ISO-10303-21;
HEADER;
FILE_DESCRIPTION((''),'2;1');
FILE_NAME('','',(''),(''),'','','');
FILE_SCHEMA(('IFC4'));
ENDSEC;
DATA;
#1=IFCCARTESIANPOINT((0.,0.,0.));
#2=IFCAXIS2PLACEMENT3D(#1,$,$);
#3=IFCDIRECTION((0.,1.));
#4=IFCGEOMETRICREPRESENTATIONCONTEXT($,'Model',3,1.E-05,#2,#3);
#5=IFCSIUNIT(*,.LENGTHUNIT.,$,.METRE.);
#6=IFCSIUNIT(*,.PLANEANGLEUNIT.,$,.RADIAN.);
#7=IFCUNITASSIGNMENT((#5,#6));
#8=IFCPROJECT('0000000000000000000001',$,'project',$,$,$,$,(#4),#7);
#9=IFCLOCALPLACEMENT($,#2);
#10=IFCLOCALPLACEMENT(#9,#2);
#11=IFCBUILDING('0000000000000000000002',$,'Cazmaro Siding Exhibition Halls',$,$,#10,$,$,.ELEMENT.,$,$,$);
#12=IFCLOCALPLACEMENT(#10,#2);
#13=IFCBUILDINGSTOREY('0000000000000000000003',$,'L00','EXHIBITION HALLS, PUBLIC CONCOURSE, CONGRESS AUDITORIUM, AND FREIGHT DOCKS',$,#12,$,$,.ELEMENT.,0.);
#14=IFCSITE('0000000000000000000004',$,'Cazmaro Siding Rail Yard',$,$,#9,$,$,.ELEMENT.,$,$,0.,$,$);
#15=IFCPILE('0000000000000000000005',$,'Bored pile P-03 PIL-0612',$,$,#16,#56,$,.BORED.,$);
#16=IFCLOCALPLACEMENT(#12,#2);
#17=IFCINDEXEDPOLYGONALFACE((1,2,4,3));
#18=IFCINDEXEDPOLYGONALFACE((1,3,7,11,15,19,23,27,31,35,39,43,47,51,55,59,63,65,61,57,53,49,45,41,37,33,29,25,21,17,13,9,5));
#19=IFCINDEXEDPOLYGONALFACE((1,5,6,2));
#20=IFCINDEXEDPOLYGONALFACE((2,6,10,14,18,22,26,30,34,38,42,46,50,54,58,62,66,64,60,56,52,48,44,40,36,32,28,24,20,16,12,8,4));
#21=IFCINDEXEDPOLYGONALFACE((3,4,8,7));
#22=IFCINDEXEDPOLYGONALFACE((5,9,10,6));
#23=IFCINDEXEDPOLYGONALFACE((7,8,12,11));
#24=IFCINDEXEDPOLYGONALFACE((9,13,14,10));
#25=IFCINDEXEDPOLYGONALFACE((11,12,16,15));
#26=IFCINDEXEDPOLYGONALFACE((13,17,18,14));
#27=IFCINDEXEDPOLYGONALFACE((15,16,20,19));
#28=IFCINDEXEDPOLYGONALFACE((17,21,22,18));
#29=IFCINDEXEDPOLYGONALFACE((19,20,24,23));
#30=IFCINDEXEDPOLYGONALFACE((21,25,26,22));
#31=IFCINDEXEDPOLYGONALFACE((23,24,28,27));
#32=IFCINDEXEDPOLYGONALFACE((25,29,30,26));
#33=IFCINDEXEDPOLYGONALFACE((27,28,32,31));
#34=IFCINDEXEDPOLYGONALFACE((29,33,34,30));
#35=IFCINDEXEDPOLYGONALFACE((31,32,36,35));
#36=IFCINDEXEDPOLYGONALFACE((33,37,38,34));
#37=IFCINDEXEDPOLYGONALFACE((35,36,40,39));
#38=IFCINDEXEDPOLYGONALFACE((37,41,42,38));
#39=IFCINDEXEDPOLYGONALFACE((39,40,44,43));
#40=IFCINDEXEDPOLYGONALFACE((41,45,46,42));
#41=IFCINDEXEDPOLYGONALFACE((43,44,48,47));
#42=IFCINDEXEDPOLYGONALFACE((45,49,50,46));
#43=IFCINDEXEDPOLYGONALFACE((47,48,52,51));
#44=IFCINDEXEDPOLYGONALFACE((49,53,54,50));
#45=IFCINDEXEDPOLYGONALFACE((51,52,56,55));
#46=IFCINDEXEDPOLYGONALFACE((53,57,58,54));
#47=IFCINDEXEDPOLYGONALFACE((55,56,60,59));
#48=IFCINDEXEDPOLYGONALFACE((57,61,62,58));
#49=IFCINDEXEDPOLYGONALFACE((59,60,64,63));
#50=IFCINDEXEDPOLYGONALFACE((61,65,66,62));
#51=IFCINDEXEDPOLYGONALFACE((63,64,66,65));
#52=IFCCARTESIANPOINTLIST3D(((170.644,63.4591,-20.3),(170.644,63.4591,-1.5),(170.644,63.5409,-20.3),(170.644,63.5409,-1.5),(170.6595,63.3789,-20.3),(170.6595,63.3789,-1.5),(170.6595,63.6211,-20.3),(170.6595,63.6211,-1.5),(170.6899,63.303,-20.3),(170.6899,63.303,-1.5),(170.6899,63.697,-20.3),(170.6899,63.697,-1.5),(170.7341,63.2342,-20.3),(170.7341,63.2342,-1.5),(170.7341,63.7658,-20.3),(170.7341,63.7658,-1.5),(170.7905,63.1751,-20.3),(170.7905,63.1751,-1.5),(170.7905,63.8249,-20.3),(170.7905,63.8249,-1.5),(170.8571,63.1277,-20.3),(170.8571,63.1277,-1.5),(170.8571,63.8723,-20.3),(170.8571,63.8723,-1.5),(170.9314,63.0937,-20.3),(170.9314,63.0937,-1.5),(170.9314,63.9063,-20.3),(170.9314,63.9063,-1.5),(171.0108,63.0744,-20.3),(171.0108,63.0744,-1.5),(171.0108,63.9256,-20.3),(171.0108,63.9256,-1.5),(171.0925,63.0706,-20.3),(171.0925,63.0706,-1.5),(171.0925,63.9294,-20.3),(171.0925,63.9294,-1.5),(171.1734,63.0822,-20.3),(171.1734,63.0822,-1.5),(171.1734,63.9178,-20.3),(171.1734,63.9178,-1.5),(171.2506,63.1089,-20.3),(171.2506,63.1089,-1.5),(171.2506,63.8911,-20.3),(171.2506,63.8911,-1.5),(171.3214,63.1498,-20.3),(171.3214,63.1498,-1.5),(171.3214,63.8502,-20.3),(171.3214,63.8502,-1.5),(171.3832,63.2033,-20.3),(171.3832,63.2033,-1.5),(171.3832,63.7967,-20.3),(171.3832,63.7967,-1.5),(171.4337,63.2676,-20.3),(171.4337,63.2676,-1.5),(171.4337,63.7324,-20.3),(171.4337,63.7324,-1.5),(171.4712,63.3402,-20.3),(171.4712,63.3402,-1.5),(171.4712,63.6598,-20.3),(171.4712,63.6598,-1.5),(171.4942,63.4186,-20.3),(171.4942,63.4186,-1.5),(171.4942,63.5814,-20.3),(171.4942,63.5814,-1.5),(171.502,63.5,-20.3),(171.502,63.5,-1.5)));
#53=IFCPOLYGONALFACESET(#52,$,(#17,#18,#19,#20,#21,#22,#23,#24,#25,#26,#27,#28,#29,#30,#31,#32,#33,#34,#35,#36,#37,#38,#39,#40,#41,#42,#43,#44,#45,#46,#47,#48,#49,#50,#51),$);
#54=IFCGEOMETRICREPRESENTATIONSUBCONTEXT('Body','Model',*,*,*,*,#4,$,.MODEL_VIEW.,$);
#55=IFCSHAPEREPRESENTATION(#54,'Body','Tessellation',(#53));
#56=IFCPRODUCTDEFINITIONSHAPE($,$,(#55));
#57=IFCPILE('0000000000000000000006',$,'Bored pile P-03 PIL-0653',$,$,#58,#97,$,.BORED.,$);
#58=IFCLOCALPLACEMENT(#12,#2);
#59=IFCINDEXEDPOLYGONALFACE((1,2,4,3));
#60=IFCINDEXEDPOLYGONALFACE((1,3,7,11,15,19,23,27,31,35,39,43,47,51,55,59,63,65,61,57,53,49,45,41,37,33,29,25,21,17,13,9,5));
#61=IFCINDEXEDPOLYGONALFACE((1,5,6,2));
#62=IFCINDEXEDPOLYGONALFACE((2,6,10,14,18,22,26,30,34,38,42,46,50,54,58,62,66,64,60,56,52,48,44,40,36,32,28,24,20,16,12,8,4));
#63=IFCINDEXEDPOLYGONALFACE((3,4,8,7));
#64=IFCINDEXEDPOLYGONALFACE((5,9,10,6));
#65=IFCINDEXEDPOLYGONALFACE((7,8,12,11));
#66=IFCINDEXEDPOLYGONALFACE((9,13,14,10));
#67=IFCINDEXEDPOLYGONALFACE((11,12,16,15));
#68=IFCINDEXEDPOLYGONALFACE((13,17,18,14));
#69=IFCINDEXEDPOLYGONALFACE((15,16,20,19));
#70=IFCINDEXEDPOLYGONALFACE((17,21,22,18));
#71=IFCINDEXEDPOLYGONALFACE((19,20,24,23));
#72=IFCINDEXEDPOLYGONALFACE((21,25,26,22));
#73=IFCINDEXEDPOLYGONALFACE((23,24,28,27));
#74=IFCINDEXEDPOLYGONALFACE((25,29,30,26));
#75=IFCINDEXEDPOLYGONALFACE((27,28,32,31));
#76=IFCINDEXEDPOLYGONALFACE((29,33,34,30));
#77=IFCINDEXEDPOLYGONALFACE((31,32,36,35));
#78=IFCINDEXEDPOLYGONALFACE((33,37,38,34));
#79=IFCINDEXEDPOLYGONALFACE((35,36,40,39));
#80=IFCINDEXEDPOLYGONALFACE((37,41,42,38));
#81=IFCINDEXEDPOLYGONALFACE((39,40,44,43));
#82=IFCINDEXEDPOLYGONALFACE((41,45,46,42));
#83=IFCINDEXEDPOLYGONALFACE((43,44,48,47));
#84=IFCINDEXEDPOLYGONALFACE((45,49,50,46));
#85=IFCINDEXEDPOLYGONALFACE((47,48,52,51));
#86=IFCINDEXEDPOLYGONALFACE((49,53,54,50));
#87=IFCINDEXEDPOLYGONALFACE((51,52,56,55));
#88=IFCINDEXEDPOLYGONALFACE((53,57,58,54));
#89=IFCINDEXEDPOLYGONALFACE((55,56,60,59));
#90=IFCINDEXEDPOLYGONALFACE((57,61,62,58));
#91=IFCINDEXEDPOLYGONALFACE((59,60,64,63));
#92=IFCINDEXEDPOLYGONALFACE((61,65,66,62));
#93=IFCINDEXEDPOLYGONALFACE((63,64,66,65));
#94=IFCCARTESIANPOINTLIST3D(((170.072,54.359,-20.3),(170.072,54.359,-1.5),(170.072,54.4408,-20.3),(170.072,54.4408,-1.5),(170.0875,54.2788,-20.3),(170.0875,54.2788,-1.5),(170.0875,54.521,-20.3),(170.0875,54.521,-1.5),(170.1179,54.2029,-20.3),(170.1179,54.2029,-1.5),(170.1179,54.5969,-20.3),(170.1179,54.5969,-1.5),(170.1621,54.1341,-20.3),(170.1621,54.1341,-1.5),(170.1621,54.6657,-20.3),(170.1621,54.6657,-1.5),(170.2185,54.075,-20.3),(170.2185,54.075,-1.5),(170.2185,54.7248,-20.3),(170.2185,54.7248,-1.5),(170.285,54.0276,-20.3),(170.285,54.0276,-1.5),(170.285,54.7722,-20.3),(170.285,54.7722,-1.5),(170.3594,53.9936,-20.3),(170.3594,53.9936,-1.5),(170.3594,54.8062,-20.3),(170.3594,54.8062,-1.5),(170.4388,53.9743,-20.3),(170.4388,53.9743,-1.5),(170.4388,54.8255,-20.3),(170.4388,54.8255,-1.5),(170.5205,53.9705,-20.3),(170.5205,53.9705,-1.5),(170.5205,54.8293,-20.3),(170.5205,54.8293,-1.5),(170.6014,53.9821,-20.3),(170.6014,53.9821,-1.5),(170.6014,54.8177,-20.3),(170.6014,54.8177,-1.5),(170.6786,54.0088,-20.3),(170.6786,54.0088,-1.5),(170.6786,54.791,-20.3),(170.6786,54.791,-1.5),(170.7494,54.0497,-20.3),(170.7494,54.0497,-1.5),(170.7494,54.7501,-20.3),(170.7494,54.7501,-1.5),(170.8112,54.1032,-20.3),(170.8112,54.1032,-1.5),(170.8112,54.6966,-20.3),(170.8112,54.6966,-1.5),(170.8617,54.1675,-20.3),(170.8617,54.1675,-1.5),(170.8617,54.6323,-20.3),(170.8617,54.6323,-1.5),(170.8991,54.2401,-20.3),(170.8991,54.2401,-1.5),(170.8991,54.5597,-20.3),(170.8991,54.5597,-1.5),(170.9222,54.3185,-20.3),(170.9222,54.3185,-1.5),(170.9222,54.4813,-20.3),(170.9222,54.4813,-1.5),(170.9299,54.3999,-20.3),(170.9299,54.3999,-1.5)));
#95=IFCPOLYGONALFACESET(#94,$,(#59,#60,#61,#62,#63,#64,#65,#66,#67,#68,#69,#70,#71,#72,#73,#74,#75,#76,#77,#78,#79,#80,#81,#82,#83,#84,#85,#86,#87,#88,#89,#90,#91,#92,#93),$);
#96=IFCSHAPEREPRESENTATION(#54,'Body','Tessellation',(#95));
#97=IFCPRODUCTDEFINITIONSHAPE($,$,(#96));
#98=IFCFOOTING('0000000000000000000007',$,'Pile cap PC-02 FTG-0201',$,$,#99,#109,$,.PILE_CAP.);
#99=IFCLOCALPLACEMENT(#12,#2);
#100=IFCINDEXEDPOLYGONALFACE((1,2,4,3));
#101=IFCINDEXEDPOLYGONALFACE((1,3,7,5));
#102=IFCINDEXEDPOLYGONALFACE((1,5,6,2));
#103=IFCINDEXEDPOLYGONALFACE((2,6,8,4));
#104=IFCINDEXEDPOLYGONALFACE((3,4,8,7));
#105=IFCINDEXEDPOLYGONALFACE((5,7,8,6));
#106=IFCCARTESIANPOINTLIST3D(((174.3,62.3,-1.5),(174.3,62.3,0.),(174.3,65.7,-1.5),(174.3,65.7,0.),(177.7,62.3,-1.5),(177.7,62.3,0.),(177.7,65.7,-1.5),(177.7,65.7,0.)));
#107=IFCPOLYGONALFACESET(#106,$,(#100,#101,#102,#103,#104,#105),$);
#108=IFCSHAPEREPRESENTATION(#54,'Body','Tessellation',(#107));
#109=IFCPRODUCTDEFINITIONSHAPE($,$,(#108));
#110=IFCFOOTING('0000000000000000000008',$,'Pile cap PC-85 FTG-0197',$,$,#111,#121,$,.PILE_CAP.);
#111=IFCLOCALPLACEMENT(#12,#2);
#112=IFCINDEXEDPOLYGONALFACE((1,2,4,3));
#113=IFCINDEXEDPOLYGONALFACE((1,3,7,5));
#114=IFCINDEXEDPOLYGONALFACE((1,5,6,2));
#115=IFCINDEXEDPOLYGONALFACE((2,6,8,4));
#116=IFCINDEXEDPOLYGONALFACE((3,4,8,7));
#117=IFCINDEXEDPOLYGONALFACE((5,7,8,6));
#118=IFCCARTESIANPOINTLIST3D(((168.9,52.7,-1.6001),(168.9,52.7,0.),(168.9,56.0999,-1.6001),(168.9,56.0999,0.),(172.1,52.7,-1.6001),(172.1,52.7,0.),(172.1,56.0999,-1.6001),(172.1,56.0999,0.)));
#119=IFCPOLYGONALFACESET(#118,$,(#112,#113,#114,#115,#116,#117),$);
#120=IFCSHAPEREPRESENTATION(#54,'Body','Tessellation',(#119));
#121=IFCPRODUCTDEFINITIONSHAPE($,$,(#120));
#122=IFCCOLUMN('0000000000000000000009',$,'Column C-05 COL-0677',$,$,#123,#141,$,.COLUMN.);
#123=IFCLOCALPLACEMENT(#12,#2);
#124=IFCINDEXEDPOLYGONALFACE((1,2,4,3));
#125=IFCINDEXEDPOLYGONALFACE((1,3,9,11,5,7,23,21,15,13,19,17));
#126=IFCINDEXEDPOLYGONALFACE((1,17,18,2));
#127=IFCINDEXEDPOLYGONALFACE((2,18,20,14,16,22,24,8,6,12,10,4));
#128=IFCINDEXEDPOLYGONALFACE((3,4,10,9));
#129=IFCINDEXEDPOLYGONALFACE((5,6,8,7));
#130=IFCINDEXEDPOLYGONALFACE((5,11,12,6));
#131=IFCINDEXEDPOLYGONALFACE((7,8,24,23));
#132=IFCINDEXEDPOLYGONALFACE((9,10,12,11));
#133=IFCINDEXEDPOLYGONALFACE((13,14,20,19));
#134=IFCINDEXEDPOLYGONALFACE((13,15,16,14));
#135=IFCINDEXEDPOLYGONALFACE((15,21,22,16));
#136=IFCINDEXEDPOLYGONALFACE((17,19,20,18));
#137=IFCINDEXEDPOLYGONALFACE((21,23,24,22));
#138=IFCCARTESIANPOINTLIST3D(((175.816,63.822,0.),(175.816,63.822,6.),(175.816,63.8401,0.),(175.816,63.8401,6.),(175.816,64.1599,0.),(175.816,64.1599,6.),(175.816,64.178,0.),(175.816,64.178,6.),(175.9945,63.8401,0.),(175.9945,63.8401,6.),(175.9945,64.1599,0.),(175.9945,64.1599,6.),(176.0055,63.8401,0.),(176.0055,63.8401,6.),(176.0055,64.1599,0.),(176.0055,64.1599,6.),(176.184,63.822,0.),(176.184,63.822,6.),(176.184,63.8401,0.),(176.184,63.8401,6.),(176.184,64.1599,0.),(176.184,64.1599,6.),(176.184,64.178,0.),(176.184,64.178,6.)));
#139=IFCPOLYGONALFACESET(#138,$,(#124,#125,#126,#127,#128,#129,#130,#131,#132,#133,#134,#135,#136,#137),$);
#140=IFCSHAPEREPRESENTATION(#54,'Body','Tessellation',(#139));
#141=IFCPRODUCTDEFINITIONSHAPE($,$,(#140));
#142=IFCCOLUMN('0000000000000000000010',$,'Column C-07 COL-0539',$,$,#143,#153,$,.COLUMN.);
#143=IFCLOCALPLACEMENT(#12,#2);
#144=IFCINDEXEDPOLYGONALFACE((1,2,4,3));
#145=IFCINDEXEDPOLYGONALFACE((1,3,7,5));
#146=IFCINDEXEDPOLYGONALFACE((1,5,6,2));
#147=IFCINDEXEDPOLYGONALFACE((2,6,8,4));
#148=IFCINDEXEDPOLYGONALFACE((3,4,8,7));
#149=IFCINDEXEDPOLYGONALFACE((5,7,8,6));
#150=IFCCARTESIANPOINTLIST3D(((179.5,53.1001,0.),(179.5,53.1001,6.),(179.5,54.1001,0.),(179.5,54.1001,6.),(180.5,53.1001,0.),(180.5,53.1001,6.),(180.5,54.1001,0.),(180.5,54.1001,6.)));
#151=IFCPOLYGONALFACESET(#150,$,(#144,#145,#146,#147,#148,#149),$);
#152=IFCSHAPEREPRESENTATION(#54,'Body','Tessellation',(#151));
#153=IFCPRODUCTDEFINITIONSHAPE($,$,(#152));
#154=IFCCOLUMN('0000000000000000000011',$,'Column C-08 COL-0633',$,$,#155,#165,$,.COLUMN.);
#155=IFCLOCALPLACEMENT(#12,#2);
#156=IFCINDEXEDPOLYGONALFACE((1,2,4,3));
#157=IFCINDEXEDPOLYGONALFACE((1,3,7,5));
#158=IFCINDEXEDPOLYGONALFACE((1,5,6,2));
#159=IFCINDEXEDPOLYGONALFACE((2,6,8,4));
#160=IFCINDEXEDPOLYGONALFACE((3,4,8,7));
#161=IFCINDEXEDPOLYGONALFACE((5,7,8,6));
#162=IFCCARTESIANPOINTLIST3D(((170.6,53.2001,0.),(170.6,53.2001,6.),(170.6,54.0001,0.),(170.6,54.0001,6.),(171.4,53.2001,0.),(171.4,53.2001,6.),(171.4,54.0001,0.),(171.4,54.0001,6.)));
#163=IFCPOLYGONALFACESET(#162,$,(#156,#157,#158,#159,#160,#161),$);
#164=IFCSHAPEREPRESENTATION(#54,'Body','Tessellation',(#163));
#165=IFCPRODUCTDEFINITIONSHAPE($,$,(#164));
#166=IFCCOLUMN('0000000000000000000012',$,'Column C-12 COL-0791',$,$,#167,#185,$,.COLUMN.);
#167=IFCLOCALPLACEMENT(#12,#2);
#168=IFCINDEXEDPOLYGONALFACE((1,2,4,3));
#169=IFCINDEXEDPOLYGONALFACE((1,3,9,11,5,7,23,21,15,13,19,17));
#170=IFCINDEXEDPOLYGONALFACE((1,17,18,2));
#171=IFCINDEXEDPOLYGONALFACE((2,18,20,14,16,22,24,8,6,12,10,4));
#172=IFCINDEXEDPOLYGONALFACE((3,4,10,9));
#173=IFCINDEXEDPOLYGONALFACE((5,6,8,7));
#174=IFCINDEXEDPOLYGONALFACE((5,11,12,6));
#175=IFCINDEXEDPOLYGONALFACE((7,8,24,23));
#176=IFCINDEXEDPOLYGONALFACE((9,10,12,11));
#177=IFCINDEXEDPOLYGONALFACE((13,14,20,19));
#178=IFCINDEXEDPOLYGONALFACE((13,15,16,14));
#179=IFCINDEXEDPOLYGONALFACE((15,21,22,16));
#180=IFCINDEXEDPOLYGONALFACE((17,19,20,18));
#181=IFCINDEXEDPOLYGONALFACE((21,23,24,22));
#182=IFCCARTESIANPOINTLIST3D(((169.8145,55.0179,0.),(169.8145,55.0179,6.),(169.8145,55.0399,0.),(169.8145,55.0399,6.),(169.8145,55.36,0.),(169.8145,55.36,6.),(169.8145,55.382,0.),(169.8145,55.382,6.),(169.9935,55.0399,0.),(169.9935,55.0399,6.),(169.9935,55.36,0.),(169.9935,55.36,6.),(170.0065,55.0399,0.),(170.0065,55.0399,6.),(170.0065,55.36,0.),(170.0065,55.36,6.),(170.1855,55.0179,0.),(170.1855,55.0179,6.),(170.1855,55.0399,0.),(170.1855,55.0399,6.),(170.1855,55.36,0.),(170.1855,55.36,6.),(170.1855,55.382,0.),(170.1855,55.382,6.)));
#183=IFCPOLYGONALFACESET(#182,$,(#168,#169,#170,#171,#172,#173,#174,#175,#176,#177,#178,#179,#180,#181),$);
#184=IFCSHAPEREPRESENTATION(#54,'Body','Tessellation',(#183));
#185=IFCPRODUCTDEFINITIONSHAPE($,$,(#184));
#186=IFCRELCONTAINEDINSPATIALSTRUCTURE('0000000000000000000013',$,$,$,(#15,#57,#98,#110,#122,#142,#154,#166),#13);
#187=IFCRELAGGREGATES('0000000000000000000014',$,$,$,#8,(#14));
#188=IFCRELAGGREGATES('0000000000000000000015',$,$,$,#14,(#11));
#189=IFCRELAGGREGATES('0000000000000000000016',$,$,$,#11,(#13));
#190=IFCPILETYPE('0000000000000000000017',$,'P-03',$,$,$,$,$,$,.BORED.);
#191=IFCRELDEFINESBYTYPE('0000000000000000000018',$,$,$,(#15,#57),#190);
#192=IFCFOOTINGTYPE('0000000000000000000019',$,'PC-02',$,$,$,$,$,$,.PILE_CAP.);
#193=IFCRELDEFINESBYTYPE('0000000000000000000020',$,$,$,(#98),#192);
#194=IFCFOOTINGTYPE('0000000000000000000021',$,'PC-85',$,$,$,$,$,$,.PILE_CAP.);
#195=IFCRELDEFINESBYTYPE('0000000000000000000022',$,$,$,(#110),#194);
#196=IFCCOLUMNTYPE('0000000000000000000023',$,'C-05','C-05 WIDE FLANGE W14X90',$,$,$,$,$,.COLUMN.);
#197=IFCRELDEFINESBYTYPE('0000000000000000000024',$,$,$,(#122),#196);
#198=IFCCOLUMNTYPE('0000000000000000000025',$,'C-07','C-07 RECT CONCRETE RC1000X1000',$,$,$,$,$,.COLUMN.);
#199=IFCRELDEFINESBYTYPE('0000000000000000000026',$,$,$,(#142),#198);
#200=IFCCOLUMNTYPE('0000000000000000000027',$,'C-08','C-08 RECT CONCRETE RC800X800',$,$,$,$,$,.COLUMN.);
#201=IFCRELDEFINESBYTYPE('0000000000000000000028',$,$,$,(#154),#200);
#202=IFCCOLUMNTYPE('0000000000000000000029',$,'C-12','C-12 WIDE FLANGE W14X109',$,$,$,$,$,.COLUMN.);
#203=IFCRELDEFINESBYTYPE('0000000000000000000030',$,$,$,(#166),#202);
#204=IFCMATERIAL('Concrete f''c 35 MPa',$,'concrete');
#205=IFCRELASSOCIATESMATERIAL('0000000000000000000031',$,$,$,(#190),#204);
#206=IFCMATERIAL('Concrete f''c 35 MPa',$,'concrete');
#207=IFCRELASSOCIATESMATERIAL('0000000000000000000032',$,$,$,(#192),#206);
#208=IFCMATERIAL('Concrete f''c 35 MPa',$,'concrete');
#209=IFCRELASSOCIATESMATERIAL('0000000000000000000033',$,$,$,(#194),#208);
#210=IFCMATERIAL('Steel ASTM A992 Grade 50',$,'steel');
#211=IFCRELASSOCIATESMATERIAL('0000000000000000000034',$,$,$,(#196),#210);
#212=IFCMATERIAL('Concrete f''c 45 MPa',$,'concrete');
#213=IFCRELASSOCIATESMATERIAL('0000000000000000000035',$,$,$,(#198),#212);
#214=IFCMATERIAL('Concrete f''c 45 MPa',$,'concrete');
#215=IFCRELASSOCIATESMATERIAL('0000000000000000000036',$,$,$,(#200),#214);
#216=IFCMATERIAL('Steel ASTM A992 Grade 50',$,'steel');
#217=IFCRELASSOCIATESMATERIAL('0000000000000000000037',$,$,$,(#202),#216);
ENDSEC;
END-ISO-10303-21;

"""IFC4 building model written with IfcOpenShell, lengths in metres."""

from ifc_helpers import new_model, si_unit, direction, frame, origin, origin_2d, place, context, subcontext, project, spatial, rectangle, circle, i_section, extrude, material, material_profile, profile_set, type_object, element, save


model = new_model("IFC4")

# Units and contexts
model_context = context("Model", 3, precision=1e-05, world=origin(), true_north=direction((0.0, 1.0)))
body_context = subcontext(model_context, "Body", "Model", "MODEL_VIEW")
ifc_project = project(units=[si_unit("LENGTHUNIT", "METRE"), si_unit("PLANEANGLEUNIT", "RADIAN")], contexts=[model_context])

# Site, building, storey
site_placement = place(None, origin())
site = spatial("IfcSite", under=ifc_project, at=site_placement, Name="Cazmaro Siding Rail Yard", CompositionType="ELEMENT", RefElevation=0.0)
building_placement = place(site_placement, origin())
building = spatial("IfcBuilding", under=site, at=building_placement, Name="Cazmaro Siding Exhibition Halls", CompositionType="ELEMENT")
storey_placement = place(building_placement, origin())
storey = spatial("IfcBuildingStorey", under=building, at=storey_placement, Name="L00", Description="EXHIBITION HALLS, PUBLIC CONCOURSE, CONGRESS AUDITORIUM, AND FREIGHT DOCKS", CompositionType="ELEMENT", Elevation=0.0)

# Piles
ifc_material_1 = material(Name="Concrete f'c 35 MPa", Category="concrete")
ifc_material_profile_1 = material_profile(ifc_material_1, circle(Radius=0.4299, at=origin_2d()), Name="CIDH-860")
ifc_profile_set_1 = profile_set([ifc_material_profile_1], Name="Concrete f'c 35 MPa")
pile_type_1 = type_object("IfcPileType", Name="P-03", PredefinedType="BORED", material=ifc_profile_set_1)
for number, where, z_axis, x_axis, name in (
    (1, (171.072, 63.5, -1.5), (0.0, 0.0, -1.0), (1.0, 0.0, 0.0), "Bored pile P-03 PIL-0612"),
    (2, (170.5, 54.3999, -1.5), (0.0, 0.0, -1.0), (1.0, 0.0, 0.0), "Bored pile P-03 PIL-0653"),
):
    element("IfcPile", number, at=place(storey_placement, frame(where, z_axis=z_axis, x_axis=x_axis)), inside=storey, type_object=pile_type_1, Name=name, PredefinedType="BORED", context=body_context, shape_type="SweptSolid", body=[
        extrude(circle(Radius=0.4299, at=origin_2d()), origin(), (0.0, 0.0, 1.0), 18.8),
    ])

# Footings
ifc_material_2 = material(Name="Concrete f'c 35 MPa", Category="concrete")
footing_type_1 = type_object("IfcFootingType", Name="PC-02", PredefinedType="PILE_CAP", material=ifc_material_2)
footing_1_placement = place(storey_placement, frame((176.0, 64.0, -1.5), z_axis=(0.0, 0.0, 1.0), x_axis=(1.0, 0.0, 0.0)))
element("IfcFooting", 3, at=footing_1_placement, inside=storey, type_object=footing_type_1, Name="Pile cap PC-02 FTG-0201", PredefinedType="PILE_CAP", context=body_context, shape_type="SweptSolid", body=[
    extrude(rectangle(XDim=3.3999, YDim=3.3999, at=origin_2d()), origin(), (0.0, 0.0, 1.0), 1.5),
])
ifc_material_3 = material(Name="Concrete f'c 35 MPa", Category="concrete")
footing_type_2 = type_object("IfcFootingType", Name="PC-85", PredefinedType="PILE_CAP", material=ifc_material_3)
footing_2_placement = place(storey_placement, frame((170.5, 54.3999, -1.6001), z_axis=(0.0, 0.0, 1.0), x_axis=(1.0, 0.0, 0.0)))
element("IfcFooting", 4, at=footing_2_placement, inside=storey, type_object=footing_type_2, Name="Pile cap PC-85 FTG-0197", PredefinedType="PILE_CAP", context=body_context, shape_type="SweptSolid", body=[
    extrude(rectangle(XDim=3.2, YDim=3.3999, at=origin_2d()), origin(), (0.0, 0.0, 1.0), 1.6001),
])

# Columns
ifc_material_4 = material(Name="Steel ASTM A992 Grade 50", Category="steel")
ifc_material_profile_2 = material_profile(ifc_material_4, i_section(OverallWidth=0.3679, OverallDepth=0.356, WebThickness=0.011, FlangeThickness=0.0181, at=origin_2d()), Name="W14X90")
ifc_profile_set_2 = profile_set([ifc_material_profile_2], Name="Steel ASTM A992 Grade 50")
column_type_1 = type_object("IfcColumnType", Name="C-05", Description="C-05 WIDE FLANGE W14X90", PredefinedType="COLUMN", material=ifc_profile_set_2)
column_1_placement = place(storey_placement, frame((176.0, 64.0, 0.0), z_axis=(0.0, 0.0, 1.0), x_axis=(1.0, 0.0, 0.0)))
element("IfcColumn", 5, at=column_1_placement, inside=storey, type_object=column_type_1, Name="Column C-05 COL-0677", PredefinedType="COLUMN", context=body_context, shape_type="SweptSolid", body=[
    extrude(i_section(OverallWidth=0.3679, OverallDepth=0.356, WebThickness=0.011, FlangeThickness=0.0181, at=origin_2d()), origin(), (0.0, 0.0, 1.0), 6.0),
])
ifc_material_5 = material(Name="Concrete f'c 45 MPa", Category="concrete")
ifc_material_profile_3 = material_profile(ifc_material_5, rectangle(XDim=1.0, YDim=1.0, at=origin_2d()), Name="RC1000X1000")
ifc_profile_set_3 = profile_set([ifc_material_profile_3], Name="Concrete f'c 45 MPa")
column_type_2 = type_object("IfcColumnType", Name="C-07", Description="C-07 RECT CONCRETE RC1000X1000", PredefinedType="COLUMN", material=ifc_profile_set_3)
column_2_placement = place(storey_placement, frame((180.0, 53.6001, 0.0), z_axis=(0.0, 0.0, 1.0), x_axis=(1.0, 0.0, 0.0)))
element("IfcColumn", 6, at=column_2_placement, inside=storey, type_object=column_type_2, Name="Column C-07 COL-0539", PredefinedType="COLUMN", context=body_context, shape_type="SweptSolid", body=[
    extrude(rectangle(XDim=1.0, YDim=1.0, at=origin_2d()), origin(), (0.0, 0.0, 1.0), 6.0),
])
ifc_material_6 = material(Name="Concrete f'c 45 MPa", Category="concrete")
ifc_material_profile_4 = material_profile(ifc_material_6, rectangle(XDim=0.8, YDim=0.8, at=origin_2d()), Name="RC800X800")
ifc_profile_set_4 = profile_set([ifc_material_profile_4], Name="Concrete f'c 45 MPa")
column_type_3 = type_object("IfcColumnType", Name="C-08", Description="C-08 RECT CONCRETE RC800X800", PredefinedType="COLUMN", material=ifc_profile_set_4)
column_3_placement = place(storey_placement, frame((171.0, 53.6001, 0.0), z_axis=(0.0, 0.0, 1.0), x_axis=(1.0, 0.0, 0.0)))
element("IfcColumn", 7, at=column_3_placement, inside=storey, type_object=column_type_3, Name="Column C-08 COL-0633", PredefinedType="COLUMN", context=body_context, shape_type="SweptSolid", body=[
    extrude(rectangle(XDim=0.8, YDim=0.8, at=origin_2d()), origin(), (0.0, 0.0, 1.0), 6.0),
])
ifc_material_7 = material(Name="Steel ASTM A992 Grade 50", Category="steel")
ifc_material_profile_5 = material_profile(ifc_material_7, i_section(OverallWidth=0.3711, OverallDepth=0.364, WebThickness=0.0129, FlangeThickness=0.022, at=origin_2d()), Name="W14X109")
ifc_profile_set_5 = profile_set([ifc_material_profile_5], Name="Steel ASTM A992 Grade 50")
column_type_4 = type_object("IfcColumnType", Name="C-12", Description="C-12 WIDE FLANGE W14X109", PredefinedType="COLUMN", material=ifc_profile_set_5)
for number, where, z_axis, x_axis, name in (
    (8, (170.0, 55.2, 0.0), (0.0, 0.0, 1.0), (1.0, 0.0, 0.0), "Column C-12 COL-0791"),
):
    element("IfcColumn", number, at=place(storey_placement, frame(where, z_axis=z_axis, x_axis=x_axis)), inside=storey, type_object=column_type_4, Name=name, PredefinedType="COLUMN", context=body_context, shape_type="SweptSolid", body=[
        extrude(i_section(OverallWidth=0.3711, OverallDepth=0.364, WebThickness=0.0129, FlangeThickness=0.022, at=origin_2d()), origin(), (0.0, 0.0, 1.0), 6.0),
    ])

save(model, "model.ifc")
